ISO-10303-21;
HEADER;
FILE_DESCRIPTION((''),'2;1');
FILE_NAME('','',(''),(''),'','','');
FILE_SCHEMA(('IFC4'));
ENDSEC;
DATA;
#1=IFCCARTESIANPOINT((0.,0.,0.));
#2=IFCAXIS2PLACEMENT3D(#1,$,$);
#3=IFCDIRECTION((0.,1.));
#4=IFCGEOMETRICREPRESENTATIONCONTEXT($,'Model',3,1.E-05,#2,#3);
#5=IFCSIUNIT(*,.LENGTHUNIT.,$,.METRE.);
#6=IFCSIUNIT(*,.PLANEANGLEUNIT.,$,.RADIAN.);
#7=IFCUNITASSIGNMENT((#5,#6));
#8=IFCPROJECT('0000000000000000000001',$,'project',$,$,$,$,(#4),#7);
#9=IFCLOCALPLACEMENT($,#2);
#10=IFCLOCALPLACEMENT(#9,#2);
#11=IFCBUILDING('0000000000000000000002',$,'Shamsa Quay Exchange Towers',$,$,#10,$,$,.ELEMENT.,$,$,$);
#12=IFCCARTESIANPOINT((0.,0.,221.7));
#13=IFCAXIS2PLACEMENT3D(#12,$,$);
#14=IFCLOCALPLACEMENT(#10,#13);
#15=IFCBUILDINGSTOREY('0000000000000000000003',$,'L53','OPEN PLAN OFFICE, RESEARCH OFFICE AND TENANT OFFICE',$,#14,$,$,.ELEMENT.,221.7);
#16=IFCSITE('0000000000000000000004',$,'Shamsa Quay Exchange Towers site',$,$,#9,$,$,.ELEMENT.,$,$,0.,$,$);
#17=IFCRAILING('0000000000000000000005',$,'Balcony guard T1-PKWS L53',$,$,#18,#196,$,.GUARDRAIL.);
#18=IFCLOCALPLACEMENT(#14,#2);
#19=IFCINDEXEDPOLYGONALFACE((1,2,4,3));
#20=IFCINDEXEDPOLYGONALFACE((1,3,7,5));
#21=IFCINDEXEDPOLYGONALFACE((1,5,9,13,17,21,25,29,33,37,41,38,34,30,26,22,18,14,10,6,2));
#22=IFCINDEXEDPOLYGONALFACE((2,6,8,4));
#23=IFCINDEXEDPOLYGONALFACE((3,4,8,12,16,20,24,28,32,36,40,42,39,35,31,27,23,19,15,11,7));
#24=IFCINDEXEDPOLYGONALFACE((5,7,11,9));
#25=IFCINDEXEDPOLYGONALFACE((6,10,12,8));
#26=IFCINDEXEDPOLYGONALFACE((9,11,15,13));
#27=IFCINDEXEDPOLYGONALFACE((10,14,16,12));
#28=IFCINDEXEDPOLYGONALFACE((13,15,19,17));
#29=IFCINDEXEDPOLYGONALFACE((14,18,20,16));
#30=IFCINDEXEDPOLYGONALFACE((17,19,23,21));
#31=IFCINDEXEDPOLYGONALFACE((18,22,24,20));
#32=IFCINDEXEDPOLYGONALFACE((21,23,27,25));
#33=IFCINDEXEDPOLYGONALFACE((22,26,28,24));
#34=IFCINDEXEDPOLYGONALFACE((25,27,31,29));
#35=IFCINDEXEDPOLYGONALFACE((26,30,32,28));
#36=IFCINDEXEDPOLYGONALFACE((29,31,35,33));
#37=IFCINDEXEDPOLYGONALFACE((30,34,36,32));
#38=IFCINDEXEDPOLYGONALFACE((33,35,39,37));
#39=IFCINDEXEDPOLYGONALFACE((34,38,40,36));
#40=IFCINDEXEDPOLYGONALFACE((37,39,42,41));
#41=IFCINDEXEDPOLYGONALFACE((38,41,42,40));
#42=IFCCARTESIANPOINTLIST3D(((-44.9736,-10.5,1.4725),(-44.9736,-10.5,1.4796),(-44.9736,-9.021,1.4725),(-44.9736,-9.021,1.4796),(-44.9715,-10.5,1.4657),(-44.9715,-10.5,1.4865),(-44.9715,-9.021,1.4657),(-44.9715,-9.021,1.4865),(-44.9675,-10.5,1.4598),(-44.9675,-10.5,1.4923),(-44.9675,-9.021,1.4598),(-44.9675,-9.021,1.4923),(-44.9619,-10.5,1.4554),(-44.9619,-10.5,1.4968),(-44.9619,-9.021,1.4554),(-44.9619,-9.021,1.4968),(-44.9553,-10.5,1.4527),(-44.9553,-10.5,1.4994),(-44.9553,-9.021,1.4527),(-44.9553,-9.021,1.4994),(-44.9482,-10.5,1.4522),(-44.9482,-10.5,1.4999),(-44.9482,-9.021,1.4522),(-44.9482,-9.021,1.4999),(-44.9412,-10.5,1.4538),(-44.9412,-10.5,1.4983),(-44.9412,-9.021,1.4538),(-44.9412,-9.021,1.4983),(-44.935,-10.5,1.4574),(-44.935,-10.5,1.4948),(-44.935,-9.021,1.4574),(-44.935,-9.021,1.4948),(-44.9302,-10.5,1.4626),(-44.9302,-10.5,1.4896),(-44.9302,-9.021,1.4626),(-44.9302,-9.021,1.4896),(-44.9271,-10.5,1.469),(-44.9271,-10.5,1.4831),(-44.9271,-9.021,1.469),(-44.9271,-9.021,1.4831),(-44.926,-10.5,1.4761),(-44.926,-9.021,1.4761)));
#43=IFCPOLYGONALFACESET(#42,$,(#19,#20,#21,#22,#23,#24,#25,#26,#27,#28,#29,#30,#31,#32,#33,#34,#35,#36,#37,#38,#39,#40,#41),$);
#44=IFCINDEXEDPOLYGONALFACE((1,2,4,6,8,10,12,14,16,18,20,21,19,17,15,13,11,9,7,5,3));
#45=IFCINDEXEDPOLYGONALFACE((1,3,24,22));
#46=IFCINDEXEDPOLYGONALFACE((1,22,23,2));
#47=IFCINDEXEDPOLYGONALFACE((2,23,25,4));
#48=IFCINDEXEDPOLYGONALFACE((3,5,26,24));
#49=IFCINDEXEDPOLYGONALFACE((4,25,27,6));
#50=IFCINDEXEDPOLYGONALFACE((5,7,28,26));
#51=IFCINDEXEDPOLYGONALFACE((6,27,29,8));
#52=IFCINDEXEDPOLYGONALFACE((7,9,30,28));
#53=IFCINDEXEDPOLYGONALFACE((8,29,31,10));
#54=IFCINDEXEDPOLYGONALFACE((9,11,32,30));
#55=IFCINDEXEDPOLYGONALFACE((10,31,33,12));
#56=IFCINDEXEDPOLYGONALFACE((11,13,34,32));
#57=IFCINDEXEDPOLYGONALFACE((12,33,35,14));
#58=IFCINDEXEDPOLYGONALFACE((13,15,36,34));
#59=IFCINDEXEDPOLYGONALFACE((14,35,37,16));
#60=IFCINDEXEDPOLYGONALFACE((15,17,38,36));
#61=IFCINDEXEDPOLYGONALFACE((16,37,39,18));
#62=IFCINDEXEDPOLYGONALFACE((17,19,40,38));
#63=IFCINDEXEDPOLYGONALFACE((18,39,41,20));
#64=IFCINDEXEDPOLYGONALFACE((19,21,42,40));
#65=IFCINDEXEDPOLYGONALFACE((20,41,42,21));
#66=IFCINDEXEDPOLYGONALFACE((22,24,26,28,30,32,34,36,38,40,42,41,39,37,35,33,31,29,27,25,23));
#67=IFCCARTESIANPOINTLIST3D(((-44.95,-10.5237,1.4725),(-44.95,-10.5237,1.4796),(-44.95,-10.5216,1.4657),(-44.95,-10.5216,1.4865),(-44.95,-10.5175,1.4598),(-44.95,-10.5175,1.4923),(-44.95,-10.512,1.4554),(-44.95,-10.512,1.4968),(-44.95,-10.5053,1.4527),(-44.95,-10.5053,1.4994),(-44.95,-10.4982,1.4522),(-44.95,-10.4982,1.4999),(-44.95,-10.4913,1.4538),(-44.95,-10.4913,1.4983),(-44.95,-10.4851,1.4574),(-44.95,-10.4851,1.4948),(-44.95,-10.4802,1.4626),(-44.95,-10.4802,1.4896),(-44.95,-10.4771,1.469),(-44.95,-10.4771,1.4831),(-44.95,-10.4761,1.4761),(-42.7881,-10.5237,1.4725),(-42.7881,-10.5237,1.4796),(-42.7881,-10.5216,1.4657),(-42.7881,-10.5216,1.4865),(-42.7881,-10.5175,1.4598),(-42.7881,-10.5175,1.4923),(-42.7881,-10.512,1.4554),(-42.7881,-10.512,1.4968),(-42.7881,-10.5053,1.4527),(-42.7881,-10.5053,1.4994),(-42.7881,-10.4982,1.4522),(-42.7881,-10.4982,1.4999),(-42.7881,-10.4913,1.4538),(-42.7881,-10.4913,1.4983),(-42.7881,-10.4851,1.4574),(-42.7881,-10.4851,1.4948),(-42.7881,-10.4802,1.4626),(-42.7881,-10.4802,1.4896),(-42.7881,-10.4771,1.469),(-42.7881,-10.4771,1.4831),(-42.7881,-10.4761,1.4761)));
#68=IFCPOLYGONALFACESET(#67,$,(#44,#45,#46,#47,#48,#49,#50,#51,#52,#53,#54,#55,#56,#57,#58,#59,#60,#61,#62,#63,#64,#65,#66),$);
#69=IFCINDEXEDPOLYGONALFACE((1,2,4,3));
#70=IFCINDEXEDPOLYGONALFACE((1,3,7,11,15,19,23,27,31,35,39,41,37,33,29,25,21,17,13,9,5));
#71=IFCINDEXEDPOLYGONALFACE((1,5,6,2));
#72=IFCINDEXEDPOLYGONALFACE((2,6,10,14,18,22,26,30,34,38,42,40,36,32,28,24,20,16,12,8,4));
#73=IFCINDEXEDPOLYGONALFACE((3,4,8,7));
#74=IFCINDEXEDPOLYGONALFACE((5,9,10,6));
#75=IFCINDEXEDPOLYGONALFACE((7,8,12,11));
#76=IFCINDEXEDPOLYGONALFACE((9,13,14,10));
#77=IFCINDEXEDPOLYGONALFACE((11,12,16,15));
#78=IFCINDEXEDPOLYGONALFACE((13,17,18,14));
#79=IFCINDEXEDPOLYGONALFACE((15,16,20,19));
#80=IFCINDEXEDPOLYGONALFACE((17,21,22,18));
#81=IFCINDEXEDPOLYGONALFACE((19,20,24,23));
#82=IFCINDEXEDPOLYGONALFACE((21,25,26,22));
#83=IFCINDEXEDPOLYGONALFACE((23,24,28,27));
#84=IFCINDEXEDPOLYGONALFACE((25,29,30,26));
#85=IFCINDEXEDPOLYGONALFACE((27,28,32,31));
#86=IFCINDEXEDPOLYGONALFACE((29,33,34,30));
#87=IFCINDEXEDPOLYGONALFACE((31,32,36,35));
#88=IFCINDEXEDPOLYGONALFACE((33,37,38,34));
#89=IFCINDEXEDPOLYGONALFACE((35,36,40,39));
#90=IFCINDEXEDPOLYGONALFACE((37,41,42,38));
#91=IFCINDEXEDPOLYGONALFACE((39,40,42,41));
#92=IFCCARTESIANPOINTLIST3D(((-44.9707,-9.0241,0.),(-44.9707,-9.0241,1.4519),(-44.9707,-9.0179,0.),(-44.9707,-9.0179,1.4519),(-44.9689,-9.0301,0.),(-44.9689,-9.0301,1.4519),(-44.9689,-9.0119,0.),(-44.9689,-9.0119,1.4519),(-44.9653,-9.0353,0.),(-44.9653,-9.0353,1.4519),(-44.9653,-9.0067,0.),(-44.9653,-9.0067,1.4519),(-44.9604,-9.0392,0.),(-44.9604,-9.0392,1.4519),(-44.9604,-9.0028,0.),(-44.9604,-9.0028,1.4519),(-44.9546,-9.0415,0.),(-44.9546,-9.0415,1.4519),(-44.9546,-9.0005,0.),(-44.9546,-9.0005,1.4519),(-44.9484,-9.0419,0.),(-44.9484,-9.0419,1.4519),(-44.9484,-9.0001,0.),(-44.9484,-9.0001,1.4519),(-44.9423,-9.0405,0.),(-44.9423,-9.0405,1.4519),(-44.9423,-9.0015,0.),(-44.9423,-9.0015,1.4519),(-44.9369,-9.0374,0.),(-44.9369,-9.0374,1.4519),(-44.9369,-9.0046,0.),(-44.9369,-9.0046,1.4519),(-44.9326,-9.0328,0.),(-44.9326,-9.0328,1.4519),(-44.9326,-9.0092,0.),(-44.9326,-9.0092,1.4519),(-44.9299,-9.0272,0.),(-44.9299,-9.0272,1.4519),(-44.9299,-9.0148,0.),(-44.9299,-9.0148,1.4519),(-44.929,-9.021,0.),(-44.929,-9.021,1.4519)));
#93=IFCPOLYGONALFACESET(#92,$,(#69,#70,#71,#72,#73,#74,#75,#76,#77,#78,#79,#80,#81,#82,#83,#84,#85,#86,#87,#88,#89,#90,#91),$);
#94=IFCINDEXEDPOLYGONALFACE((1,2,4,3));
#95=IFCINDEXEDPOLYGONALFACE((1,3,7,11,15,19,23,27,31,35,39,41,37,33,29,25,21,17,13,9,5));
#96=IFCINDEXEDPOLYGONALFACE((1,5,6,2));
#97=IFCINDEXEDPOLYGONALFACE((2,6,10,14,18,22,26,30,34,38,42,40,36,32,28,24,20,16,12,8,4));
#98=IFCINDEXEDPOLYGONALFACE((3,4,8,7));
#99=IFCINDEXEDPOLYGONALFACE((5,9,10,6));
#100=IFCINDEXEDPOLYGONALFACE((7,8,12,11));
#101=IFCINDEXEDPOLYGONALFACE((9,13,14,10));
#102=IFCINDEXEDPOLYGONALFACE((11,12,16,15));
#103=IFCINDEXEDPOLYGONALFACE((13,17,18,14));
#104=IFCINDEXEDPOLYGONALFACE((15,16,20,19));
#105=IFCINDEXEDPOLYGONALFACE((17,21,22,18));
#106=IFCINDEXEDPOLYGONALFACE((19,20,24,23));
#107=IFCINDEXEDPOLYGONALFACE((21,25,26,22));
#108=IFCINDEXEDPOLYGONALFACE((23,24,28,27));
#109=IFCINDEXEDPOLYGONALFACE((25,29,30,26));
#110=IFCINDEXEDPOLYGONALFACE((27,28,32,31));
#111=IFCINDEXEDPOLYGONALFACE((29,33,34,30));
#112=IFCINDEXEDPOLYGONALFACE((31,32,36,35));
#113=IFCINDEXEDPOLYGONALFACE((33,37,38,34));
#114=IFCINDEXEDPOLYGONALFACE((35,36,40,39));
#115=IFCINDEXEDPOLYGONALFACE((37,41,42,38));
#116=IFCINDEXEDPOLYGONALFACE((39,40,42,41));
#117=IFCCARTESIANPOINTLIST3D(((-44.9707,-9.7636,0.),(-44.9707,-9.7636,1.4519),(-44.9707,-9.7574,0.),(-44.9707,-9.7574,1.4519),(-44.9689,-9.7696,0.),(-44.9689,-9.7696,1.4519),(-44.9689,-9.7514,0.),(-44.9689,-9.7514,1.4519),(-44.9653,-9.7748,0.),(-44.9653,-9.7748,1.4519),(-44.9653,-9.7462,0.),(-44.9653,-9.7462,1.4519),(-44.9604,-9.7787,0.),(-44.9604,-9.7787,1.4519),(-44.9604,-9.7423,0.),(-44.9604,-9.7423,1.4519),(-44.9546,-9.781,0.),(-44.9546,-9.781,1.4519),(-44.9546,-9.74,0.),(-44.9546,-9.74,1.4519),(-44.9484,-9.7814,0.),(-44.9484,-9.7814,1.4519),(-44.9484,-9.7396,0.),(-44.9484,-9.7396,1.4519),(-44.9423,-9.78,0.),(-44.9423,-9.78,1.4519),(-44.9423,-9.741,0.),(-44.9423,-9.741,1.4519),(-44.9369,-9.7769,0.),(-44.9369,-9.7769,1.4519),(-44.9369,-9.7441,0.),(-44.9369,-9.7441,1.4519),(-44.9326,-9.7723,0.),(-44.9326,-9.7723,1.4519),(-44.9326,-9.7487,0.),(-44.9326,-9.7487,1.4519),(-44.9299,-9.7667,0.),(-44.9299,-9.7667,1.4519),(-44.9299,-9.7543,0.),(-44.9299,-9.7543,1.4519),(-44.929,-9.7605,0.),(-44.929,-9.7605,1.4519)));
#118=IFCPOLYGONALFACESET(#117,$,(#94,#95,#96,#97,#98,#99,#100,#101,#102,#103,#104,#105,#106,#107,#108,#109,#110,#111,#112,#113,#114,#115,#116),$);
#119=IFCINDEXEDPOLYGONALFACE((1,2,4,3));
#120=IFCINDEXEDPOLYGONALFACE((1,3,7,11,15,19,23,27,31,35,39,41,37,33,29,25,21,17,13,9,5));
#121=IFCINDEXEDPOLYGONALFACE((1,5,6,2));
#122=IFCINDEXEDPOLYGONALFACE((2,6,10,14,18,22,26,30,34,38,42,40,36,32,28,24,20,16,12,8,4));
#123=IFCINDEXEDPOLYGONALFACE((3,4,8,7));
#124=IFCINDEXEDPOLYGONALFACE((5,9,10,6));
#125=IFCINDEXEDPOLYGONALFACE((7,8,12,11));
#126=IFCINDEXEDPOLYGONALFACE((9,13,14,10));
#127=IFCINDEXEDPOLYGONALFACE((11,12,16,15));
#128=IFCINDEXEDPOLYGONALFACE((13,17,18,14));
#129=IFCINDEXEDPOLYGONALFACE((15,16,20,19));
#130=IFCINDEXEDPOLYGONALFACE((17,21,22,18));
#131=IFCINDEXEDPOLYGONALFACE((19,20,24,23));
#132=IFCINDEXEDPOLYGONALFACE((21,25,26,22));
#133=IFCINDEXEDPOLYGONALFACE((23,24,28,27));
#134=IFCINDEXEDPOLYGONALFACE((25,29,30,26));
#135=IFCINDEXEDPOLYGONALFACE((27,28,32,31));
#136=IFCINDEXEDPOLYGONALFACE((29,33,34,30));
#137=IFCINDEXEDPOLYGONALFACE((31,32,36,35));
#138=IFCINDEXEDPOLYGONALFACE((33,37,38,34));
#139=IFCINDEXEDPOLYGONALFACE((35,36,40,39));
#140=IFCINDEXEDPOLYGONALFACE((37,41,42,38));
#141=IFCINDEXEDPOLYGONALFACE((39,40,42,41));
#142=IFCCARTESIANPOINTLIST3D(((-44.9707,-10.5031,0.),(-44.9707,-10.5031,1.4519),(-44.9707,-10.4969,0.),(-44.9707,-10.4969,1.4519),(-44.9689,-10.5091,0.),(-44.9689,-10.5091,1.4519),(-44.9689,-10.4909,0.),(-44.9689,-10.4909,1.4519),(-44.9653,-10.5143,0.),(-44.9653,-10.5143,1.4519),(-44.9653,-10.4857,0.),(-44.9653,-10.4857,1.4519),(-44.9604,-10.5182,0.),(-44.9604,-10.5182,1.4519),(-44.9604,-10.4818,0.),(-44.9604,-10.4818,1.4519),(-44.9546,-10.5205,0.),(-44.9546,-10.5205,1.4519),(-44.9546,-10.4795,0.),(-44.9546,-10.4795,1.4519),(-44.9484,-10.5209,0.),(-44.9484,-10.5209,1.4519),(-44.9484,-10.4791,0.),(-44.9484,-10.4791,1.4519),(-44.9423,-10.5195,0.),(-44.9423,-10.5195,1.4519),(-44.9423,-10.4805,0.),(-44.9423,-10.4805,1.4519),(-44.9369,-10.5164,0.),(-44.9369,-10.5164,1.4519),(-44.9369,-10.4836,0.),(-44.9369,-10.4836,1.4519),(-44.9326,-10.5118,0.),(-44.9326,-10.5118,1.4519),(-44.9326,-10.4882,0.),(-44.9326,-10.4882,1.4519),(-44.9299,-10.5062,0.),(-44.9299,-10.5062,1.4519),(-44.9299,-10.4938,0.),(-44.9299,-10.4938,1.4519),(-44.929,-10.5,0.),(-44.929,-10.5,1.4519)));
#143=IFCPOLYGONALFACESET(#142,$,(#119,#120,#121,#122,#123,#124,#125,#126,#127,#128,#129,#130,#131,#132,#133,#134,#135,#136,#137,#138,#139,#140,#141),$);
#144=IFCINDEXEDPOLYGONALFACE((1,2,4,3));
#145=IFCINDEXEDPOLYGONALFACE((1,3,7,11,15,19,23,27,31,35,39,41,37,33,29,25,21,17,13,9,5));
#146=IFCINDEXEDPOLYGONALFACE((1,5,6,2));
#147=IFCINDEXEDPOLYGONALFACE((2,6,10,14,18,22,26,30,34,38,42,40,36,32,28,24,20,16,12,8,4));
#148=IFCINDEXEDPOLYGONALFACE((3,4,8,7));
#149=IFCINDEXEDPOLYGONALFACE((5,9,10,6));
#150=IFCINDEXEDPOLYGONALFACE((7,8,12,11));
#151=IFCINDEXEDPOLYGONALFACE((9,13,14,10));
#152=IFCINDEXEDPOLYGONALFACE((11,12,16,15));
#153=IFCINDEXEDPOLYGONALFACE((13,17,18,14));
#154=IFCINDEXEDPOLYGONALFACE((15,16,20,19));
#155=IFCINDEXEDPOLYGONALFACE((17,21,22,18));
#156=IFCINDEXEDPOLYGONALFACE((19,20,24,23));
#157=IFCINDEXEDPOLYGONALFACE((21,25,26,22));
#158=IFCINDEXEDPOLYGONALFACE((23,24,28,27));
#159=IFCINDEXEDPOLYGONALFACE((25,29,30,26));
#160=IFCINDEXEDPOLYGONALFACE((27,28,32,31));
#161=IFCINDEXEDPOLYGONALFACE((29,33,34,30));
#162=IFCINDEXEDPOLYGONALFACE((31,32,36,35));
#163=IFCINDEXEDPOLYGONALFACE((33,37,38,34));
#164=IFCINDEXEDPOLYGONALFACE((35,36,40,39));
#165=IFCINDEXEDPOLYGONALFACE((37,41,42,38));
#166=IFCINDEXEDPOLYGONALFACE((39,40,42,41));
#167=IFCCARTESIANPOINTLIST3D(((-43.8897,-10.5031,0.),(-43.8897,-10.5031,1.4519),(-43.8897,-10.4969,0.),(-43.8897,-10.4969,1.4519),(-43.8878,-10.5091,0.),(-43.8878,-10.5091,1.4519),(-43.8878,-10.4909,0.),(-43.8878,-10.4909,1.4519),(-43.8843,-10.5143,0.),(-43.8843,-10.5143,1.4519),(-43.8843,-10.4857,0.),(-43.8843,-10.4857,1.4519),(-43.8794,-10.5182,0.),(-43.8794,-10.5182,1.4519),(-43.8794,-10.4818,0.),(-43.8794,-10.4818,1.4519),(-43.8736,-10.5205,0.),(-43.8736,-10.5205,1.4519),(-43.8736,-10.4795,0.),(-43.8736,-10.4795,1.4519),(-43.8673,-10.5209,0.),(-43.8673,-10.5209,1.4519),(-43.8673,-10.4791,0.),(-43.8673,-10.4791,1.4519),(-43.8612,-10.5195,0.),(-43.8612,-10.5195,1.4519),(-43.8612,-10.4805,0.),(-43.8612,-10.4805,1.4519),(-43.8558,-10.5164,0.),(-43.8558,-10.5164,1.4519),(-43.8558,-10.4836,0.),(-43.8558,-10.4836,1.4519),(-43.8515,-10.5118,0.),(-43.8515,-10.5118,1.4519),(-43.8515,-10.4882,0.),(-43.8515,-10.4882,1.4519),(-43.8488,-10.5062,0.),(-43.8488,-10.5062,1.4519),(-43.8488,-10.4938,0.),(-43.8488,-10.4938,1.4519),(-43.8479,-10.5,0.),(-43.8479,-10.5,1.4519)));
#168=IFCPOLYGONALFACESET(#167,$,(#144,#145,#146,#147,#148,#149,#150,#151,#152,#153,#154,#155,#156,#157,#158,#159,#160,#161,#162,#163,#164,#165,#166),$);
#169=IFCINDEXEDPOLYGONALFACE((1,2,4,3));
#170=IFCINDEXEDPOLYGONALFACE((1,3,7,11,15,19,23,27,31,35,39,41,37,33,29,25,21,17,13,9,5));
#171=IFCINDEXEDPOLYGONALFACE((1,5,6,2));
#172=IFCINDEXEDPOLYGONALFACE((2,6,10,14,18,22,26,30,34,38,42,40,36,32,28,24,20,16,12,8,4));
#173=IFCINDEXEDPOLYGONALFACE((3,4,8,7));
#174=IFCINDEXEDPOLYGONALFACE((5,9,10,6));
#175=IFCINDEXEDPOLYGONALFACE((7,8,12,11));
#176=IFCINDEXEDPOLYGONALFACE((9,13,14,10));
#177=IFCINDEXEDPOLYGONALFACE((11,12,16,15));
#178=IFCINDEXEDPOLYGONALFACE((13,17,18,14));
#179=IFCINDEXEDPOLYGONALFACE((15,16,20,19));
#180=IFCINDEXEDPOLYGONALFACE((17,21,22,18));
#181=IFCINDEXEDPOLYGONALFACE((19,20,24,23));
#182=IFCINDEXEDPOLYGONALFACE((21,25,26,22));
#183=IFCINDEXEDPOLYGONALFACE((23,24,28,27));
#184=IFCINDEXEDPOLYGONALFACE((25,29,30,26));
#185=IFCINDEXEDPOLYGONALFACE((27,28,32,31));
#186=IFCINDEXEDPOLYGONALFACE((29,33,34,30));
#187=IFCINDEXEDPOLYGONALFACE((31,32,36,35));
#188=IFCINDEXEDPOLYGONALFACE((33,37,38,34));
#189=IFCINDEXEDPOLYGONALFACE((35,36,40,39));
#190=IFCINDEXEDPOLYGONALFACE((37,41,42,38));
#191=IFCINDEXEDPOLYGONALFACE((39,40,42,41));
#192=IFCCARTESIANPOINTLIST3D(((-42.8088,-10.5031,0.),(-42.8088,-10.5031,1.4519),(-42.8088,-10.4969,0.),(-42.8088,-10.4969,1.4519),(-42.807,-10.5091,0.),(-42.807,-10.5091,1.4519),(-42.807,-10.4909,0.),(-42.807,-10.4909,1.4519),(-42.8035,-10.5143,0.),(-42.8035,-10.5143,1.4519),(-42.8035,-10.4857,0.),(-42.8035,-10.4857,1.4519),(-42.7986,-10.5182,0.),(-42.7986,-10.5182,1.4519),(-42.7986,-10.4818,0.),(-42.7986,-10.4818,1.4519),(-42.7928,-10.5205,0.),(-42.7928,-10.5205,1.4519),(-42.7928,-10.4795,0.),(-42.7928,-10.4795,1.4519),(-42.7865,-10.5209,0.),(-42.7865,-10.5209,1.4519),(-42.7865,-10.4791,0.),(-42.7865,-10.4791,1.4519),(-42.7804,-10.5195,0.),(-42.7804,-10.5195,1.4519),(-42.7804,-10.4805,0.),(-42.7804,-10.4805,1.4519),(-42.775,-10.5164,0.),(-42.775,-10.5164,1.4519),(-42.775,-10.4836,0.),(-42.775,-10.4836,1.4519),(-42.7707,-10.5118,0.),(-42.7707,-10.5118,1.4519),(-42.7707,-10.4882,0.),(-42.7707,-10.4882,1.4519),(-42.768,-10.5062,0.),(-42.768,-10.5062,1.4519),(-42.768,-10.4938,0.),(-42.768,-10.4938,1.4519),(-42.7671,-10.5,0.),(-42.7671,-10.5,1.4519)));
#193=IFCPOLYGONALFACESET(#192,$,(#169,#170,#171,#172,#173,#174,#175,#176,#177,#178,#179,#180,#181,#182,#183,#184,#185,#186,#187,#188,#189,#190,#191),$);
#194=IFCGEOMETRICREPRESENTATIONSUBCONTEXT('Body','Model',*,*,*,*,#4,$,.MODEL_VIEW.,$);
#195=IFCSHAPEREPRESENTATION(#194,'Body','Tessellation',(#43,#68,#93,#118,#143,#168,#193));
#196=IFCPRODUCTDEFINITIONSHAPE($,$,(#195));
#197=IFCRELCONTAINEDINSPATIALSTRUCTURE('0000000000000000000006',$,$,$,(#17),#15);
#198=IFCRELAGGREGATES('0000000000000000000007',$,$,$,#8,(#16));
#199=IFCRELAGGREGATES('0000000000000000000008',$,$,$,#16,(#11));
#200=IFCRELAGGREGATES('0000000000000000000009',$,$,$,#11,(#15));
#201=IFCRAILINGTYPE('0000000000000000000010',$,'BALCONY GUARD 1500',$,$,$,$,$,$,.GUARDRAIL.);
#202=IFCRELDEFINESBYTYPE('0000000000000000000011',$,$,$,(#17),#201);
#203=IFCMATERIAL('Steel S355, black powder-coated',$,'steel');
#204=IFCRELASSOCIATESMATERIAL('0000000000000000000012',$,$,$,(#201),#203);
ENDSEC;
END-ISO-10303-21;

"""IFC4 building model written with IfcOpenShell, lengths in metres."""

from ifc_helpers import new_model, si_unit, direction, frame, origin, origin_2d, place, context, subcontext, project, spatial, circle, extrude, material, type_object, element, save


model = new_model("IFC4")

# Units and contexts
model_context = context("Model", 3, precision=1e-05, world=origin(), true_north=direction((0.0, 1.0)))
body_context = subcontext(model_context, "Body", "Model", "MODEL_VIEW")
ifc_project = project(units=[si_unit("LENGTHUNIT", "METRE"), si_unit("PLANEANGLEUNIT", "RADIAN")], contexts=[model_context])

# Site, building, storey
site_placement = place(None, origin())
site = spatial("IfcSite", under=ifc_project, at=site_placement, Name="Shamsa Quay Exchange Towers site", CompositionType="ELEMENT", RefElevation=0.0)
building_placement = place(site_placement, origin())
building = spatial("IfcBuilding", under=site, at=building_placement, Name="Shamsa Quay Exchange Towers", CompositionType="ELEMENT")
storey_placement = place(building_placement, frame((0.0, 0.0, 221.7)))
storey = spatial("IfcBuildingStorey", under=building, at=storey_placement, Name="L53", Description="OPEN PLAN OFFICE, RESEARCH OFFICE AND TENANT OFFICE", CompositionType="ELEMENT", Elevation=221.7)

# Railing
ifc_material_1 = material(Name="Steel S355, black powder-coated", Category="steel")
railing_type_1 = type_object("IfcRailingType", Name="BALCONY GUARD 1500", PredefinedType="GUARDRAIL", material=ifc_material_1)
for number, where, name in (
    (1, (-44.95, -9.021, 0.0), "Balcony guard T1-PKWS L53"),
):
    element("IfcRailing", number, at=place(storey_placement, frame(where)), inside=storey, type_object=railing_type_1, Name=name, PredefinedType="GUARDRAIL", context=body_context, shape_type="SweptSolid", body=[
        extrude(circle(Radius=0.0239, at=origin_2d()), frame((0.0, 0.0, 1.4761), z_axis=(0.0, -1.0, 0.0), x_axis=(1.0, 0.0, 0.0)), (0.0, 0.0, 1.0), 1.479),
        extrude(circle(Radius=0.0239, at=origin_2d()), frame((0.0, -1.479, 1.4761), z_axis=(1.0, 0.0, 0.0), x_axis=(0.0, 1.0, 0.0)), (0.0, 0.0, 1.0), 2.1619),
        extrude(circle(Radius=0.021, at=origin_2d()), origin(), (0.0, 0.0, 1.0), 1.4519),
        extrude(circle(Radius=0.021, at=origin_2d()), frame((0.0, -0.7395, 0.0)), (0.0, 0.0, 1.0), 1.4519),
        extrude(circle(Radius=0.021, at=origin_2d()), frame((0.0, -1.479, 0.0)), (0.0, 0.0, 1.0), 1.4519),
        extrude(circle(Radius=0.021, at=origin_2d()), frame((1.0811, -1.479, 0.0)), (0.0, 0.0, 1.0), 1.4519),
        extrude(circle(Radius=0.021, at=origin_2d()), frame((2.1619, -1.479, 0.0)), (0.0, 0.0, 1.0), 1.4519),
    ])

save(model, "model.ifc")
